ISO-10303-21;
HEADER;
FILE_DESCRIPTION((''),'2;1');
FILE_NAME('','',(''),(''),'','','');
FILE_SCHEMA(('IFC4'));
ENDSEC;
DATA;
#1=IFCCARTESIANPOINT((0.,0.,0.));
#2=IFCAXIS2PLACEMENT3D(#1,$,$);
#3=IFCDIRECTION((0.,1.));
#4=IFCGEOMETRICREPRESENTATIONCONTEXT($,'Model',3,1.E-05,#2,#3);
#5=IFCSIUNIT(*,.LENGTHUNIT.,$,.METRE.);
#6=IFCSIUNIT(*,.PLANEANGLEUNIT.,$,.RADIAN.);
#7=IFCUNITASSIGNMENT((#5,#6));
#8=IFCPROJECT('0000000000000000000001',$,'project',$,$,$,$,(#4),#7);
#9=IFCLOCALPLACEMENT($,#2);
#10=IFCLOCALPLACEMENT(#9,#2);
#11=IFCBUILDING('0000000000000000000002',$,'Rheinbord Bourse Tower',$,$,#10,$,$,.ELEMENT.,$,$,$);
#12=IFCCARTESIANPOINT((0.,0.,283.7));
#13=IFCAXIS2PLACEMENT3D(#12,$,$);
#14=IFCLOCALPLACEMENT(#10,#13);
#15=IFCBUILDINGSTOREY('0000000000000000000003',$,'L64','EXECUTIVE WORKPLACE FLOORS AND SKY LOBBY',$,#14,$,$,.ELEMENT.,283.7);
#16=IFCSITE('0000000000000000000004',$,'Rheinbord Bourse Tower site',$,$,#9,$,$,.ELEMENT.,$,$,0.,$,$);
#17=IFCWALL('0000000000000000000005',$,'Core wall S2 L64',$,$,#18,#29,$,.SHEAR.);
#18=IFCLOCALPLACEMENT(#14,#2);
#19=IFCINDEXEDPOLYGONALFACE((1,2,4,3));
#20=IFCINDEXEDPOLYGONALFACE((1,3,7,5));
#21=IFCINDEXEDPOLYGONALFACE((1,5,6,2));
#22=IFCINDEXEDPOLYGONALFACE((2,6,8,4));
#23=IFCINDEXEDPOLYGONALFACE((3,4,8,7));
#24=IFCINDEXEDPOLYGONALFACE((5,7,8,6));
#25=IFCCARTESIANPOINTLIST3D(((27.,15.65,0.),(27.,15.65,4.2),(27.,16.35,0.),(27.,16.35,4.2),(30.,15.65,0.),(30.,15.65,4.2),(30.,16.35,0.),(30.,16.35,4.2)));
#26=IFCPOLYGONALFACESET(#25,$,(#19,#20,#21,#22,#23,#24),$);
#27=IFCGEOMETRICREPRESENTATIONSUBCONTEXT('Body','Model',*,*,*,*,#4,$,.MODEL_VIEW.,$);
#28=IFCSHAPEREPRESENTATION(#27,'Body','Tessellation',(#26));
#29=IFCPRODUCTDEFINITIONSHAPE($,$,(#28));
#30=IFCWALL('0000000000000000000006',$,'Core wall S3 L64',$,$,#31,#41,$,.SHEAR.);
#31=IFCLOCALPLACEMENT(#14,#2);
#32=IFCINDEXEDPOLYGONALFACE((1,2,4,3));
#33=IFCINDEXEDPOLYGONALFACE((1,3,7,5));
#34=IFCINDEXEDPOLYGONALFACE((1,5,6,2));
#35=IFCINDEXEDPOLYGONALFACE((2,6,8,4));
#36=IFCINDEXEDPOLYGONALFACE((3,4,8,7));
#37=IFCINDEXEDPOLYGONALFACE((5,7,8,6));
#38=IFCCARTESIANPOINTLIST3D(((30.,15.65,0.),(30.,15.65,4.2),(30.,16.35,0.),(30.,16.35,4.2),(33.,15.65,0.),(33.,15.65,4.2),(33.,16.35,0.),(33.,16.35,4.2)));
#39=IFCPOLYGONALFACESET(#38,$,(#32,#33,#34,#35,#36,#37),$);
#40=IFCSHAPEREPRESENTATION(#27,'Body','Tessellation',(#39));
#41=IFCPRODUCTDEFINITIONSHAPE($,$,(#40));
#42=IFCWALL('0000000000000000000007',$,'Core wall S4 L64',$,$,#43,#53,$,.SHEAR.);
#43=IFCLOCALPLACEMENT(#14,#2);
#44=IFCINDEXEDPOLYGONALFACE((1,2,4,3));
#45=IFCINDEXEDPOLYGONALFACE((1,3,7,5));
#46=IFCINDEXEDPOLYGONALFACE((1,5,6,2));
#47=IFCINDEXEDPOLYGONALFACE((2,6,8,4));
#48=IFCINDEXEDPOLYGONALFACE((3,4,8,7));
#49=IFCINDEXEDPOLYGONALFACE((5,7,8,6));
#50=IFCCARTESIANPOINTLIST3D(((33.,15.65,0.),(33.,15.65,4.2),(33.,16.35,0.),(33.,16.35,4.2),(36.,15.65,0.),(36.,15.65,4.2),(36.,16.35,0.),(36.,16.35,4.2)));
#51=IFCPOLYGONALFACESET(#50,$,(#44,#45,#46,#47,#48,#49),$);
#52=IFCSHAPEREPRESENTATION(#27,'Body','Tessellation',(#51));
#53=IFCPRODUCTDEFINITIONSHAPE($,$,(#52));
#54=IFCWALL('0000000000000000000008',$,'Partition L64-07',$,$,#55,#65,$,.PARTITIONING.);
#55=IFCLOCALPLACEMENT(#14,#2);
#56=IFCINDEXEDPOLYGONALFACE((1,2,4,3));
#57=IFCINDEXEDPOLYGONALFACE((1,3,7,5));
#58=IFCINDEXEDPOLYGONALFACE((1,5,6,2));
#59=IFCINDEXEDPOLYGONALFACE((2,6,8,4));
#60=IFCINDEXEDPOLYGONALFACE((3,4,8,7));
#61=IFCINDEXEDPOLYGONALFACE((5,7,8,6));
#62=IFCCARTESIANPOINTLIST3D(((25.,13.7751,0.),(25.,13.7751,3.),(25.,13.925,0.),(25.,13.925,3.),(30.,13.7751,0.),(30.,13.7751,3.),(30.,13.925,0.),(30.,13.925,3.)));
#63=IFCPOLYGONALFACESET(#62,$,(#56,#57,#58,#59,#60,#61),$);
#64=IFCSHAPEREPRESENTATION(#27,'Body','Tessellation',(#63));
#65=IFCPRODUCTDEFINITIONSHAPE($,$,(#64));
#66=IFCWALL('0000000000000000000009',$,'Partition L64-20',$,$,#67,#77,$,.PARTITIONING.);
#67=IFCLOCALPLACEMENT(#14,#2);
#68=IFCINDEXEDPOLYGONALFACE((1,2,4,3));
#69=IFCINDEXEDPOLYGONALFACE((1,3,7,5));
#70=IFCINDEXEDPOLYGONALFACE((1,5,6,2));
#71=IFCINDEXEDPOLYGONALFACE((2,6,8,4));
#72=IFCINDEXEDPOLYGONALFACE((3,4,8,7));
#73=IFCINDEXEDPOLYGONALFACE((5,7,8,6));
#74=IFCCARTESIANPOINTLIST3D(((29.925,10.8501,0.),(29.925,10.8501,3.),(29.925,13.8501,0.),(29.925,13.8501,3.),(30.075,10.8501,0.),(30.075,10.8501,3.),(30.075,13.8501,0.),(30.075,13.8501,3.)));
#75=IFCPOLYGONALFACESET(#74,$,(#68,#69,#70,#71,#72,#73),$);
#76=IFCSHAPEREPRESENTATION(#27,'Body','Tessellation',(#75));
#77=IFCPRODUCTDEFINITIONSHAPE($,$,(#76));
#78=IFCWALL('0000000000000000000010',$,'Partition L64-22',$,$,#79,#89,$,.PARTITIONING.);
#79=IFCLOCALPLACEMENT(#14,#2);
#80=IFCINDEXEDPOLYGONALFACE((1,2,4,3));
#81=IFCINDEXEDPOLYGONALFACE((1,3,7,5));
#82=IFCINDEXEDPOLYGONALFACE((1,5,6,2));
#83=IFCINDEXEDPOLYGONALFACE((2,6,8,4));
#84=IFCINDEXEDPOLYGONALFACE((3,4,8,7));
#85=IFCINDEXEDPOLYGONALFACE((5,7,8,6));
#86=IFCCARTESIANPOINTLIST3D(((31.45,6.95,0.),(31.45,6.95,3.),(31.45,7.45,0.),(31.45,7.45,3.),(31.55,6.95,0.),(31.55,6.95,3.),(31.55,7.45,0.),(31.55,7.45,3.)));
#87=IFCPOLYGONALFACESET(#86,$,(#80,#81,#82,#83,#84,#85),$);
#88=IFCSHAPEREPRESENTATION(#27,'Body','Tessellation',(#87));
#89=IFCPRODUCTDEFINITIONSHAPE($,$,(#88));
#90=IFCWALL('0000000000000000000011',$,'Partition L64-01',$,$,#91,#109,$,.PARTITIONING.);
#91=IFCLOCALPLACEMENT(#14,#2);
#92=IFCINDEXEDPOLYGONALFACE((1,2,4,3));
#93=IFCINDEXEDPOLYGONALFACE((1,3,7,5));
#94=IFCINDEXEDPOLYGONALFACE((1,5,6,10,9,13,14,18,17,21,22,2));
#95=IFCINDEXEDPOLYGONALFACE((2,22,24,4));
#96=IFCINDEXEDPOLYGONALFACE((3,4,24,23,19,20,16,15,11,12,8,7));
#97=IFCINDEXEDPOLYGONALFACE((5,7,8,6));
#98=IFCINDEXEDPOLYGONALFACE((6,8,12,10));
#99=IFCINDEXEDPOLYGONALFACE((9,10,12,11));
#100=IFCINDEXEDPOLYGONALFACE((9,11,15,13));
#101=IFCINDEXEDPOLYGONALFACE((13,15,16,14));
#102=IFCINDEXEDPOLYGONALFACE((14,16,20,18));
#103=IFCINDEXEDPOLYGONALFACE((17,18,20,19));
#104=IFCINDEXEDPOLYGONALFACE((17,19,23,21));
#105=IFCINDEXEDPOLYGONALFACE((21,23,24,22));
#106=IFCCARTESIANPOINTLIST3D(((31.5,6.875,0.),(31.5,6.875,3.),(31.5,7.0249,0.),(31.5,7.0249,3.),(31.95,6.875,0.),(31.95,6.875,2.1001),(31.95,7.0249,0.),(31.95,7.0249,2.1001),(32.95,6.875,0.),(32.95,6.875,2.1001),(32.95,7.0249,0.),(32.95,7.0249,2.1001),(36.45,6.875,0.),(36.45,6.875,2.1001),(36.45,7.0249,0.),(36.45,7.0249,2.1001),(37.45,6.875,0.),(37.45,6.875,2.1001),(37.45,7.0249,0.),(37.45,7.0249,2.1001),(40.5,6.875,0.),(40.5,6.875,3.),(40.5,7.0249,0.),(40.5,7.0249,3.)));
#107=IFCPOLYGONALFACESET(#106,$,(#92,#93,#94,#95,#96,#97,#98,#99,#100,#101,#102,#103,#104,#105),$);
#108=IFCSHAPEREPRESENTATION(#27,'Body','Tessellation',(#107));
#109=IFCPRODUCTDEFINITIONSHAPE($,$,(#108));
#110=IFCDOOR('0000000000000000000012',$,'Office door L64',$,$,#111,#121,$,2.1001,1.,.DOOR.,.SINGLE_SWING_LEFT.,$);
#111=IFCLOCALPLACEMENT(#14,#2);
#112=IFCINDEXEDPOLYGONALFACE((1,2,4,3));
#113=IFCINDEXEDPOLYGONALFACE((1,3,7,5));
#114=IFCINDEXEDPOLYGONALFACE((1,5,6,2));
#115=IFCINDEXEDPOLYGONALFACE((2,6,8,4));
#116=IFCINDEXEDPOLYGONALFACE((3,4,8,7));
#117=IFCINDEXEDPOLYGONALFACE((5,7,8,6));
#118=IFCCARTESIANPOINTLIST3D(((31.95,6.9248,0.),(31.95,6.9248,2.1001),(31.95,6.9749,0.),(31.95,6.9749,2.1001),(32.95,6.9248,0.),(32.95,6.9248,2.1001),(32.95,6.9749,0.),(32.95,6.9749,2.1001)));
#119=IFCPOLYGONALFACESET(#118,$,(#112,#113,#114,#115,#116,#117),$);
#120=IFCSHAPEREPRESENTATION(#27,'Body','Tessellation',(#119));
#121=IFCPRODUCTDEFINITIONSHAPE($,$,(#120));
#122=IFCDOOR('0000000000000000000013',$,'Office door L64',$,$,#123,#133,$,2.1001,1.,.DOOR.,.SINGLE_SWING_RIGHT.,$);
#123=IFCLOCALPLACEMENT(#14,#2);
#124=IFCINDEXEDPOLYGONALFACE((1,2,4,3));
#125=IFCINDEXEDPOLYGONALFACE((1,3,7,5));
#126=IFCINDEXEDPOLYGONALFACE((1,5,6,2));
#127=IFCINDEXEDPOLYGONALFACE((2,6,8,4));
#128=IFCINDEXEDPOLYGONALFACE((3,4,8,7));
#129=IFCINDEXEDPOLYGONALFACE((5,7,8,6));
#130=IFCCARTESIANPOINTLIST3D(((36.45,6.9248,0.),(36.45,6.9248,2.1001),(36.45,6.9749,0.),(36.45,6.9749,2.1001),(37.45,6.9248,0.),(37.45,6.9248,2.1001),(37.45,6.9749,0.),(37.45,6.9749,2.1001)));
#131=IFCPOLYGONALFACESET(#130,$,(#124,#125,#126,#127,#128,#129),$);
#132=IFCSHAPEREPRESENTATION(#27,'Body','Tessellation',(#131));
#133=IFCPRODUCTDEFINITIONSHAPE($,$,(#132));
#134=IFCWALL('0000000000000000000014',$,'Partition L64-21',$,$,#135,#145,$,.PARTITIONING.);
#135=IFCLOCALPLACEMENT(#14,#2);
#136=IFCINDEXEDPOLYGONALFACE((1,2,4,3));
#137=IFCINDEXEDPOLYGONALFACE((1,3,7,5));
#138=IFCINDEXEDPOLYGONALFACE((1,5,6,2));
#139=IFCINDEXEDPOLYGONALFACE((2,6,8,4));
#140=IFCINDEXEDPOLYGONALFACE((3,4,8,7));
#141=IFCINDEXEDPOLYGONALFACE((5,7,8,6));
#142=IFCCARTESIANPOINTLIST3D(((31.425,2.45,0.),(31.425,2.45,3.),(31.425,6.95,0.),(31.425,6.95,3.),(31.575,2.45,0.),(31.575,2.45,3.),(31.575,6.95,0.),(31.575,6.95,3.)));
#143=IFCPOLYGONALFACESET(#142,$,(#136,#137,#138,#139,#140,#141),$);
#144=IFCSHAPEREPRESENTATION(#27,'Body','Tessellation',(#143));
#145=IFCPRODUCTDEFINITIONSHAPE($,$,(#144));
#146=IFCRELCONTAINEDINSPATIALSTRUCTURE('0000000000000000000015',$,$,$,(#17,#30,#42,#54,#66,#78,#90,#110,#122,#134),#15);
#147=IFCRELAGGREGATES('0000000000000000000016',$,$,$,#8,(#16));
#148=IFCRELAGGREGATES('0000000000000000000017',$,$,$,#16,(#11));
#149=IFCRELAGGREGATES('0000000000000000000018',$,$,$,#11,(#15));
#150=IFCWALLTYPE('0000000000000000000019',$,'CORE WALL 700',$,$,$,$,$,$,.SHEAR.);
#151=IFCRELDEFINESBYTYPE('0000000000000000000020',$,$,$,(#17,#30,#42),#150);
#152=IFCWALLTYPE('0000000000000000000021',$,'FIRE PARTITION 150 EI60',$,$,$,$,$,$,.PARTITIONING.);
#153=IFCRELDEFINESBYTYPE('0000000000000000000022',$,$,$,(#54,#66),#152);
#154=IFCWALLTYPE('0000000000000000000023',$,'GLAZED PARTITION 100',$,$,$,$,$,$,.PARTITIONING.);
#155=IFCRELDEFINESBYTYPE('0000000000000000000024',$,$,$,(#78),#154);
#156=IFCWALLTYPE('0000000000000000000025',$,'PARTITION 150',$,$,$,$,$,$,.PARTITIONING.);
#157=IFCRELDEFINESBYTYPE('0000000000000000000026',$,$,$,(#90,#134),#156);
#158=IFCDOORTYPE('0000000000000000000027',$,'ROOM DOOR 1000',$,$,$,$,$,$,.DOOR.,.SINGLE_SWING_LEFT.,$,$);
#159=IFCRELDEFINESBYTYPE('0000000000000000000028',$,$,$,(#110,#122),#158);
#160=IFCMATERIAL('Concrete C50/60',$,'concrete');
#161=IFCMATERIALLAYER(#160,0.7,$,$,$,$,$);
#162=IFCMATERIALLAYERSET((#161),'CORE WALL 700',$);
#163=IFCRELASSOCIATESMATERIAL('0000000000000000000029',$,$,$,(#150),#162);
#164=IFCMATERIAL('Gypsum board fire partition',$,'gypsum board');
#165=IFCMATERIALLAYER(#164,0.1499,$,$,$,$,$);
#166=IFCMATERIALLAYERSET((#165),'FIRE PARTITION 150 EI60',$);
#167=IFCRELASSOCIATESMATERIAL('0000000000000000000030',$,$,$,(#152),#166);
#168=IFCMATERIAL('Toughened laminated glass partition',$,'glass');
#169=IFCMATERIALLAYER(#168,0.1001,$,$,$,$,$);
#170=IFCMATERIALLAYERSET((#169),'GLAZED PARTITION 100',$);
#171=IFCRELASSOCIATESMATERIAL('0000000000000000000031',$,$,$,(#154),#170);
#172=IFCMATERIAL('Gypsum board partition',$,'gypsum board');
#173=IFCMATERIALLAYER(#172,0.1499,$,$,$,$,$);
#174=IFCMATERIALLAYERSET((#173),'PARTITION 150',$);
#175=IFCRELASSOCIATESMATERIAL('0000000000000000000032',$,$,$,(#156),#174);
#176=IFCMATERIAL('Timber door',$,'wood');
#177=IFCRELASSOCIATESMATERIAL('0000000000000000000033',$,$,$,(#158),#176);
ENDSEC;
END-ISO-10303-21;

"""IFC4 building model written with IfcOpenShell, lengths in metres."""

from ifc_helpers import new_model, si_unit, direction, frame, frame_2d, origin, place, context, subcontext, project, spatial, rectangle, extrude, material, layer, layer_set, type_object, element, fill, save


model = new_model("IFC4")

# Units and contexts
model_context = context("Model", 3, precision=1e-05, world=origin(), true_north=direction((0.0, 1.0)))
body_context = subcontext(model_context, "Body", "Model", "MODEL_VIEW")
ifc_project = project(units=[si_unit("LENGTHUNIT", "METRE"), si_unit("PLANEANGLEUNIT", "RADIAN")], contexts=[model_context])

# Site, building, storey
site_placement = place(None, origin())
site = spatial("IfcSite", under=ifc_project, at=site_placement, Name="Rheinbord Bourse Tower site", CompositionType="ELEMENT", RefElevation=0.0)
building_placement = place(site_placement, origin())
building = spatial("IfcBuilding", under=site, at=building_placement, Name="Rheinbord Bourse Tower", CompositionType="ELEMENT")
storey_placement = place(building_placement, frame((0.0, 0.0, 283.7)))
storey = spatial("IfcBuildingStorey", under=building, at=storey_placement, Name="L64", Description="EXECUTIVE WORKPLACE FLOORS AND SKY LOBBY", CompositionType="ELEMENT", Elevation=283.7)

# Walls
ifc_material_1 = material(Name="Concrete C50/60", Category="concrete")
ifc_layer_1 = layer(ifc_material_1, 0.7)
ifc_layer_set_1 = layer_set([ifc_layer_1], Name="CORE WALL 700")
wall_type_1 = type_object("IfcWallType", Name="CORE WALL 700", PredefinedType="SHEAR", material=ifc_layer_set_1)
for number, where, z_axis, x_axis, name in (
    (1, (27.0, 16.0, 0.0), (0.0, 0.0, 1.0), (1.0, 0.0, 0.0), "Core wall S2 L64"),
    (2, (30.0, 16.0, 0.0), (0.0, 0.0, 1.0), (1.0, 0.0, 0.0), "Core wall S3 L64"),
    (3, (33.0, 16.0, 0.0), (0.0, 0.0, 1.0), (1.0, 0.0, 0.0), "Core wall S4 L64"),
):
    element("IfcWall", number, at=place(storey_placement, frame(where, z_axis=z_axis, x_axis=x_axis)), inside=storey, type_object=wall_type_1, Name=name, PredefinedType="SHEAR", context=body_context, shape_type="SweptSolid", body=[
        extrude(rectangle(XDim=3.0, YDim=0.7, at=frame_2d((1.5, 0.0))), origin(), (0.0, 0.0, 1.0), 4.2),
    ])
ifc_material_2 = material(Name="Gypsum board fire partition", Category="gypsum board")
ifc_layer_2 = layer(ifc_material_2, 0.1499)
ifc_layer_set_2 = layer_set([ifc_layer_2], Name="FIRE PARTITION 150 EI60")
wall_type_2 = type_object("IfcWallType", Name="FIRE PARTITION 150 EI60", PredefinedType="PARTITIONING", material=ifc_layer_set_2)
wall_1_placement = place(storey_placement, frame((25.0, 13.8501, 0.0), z_axis=(0.0, 0.0, 1.0), x_axis=(1.0, 0.0, 0.0)))
element("IfcWall", 4, at=wall_1_placement, inside=storey, type_object=wall_type_2, Name="Partition L64-07", PredefinedType="PARTITIONING", context=body_context, shape_type="SweptSolid", body=[
    extrude(rectangle(XDim=5.0, YDim=0.1499, at=frame_2d((2.5, 0.0))), origin(), (0.0, 0.0, 1.0), 3.0),
])
wall_2_placement = place(storey_placement, frame((30.0, 10.8501, 0.0), z_axis=(0.0, 0.0, 1.0), x_axis=(0.0, 1.0, 0.0)))
element("IfcWall", 5, at=wall_2_placement, inside=storey, type_object=wall_type_2, Name="Partition L64-20", PredefinedType="PARTITIONING", context=body_context, shape_type="SweptSolid", body=[
    extrude(rectangle(XDim=3.0, YDim=0.1499, at=frame_2d((1.5, 0.0))), origin(), (0.0, 0.0, 1.0), 3.0),
])
ifc_material_3 = material(Name="Toughened laminated glass partition", Category="glass")
ifc_layer_3 = layer(ifc_material_3, 0.1001)
ifc_layer_set_3 = layer_set([ifc_layer_3], Name="GLAZED PARTITION 100")
wall_type_3 = type_object("IfcWallType", Name="GLAZED PARTITION 100", PredefinedType="PARTITIONING", material=ifc_layer_set_3)
wall_3_placement = place(storey_placement, frame((31.5, 6.95, 0.0), z_axis=(0.0, 0.0, 1.0), x_axis=(0.0, 1.0, 0.0)))
element("IfcWall", 6, at=wall_3_placement, inside=storey, type_object=wall_type_3, Name="Partition L64-22", PredefinedType="PARTITIONING", context=body_context, shape_type="SweptSolid", body=[
    extrude(rectangle(XDim=0.5, YDim=0.1001, at=frame_2d((0.25, 0.0))), origin(), (0.0, 0.0, 1.0), 3.0),
])

# Wall, openings, doors
ifc_material_4 = material(Name="Gypsum board partition", Category="gypsum board")
ifc_layer_4 = layer(ifc_material_4, 0.1499)
ifc_layer_set_4 = layer_set([ifc_layer_4], Name="PARTITION 150")
wall_type_4 = type_object("IfcWallType", Name="PARTITION 150", PredefinedType="PARTITIONING", material=ifc_layer_set_4)
wall_4_placement = place(storey_placement, frame((31.5, 6.95, 0.0), z_axis=(0.0, 0.0, 1.0), x_axis=(1.0, 0.0, 0.0)))
wall_4 = element("IfcWall", 7, at=wall_4_placement, inside=storey, type_object=wall_type_4, Name="Partition L64-01", PredefinedType="PARTITIONING", context=body_context, shape_type="SweptSolid", body=[
    extrude(rectangle(XDim=9.0, YDim=0.1499, at=frame_2d((4.5, 0.0))), origin(), (0.0, 0.0, 1.0), 3.0),
])
opening_1_placement = place(wall_4_placement, frame((0.45, 0.0, 0.0)))
opening_1 = element("IfcOpeningElement", 8, at=opening_1_placement, cuts=wall_4, PredefinedType="OPENING", context=body_context, shape_type="SweptSolid", body=[
    extrude(rectangle(XDim=1.0, YDim=2.1001, at=frame_2d((0.5, 1.05))), frame((0.0, 0.085, 0.0), z_axis=(0.0, -1.0, 0.0), x_axis=(1.0, 0.0, 0.0)), (0.0, 0.0, 1.0), 0.1699),
])
opening_2_placement = place(wall_4_placement, frame((4.95, 0.0, 0.0)))
opening_2 = element("IfcOpeningElement", 9, at=opening_2_placement, cuts=wall_4, PredefinedType="OPENING", context=body_context, shape_type="SweptSolid", body=[
    extrude(rectangle(XDim=1.0, YDim=2.1001, at=frame_2d((0.5, 1.05))), frame((0.0, 0.085, 0.0), z_axis=(0.0, -1.0, 0.0), x_axis=(1.0, 0.0, 0.0)), (0.0, 0.0, 1.0), 0.1699),
])
ifc_material_5 = material(Name="Timber door", Category="wood")
door_type_1 = type_object("IfcDoorType", Name="ROOM DOOR 1000", OperationType="SINGLE_SWING_LEFT", PredefinedType="DOOR", material=ifc_material_5)
door_1_placement = place(opening_1_placement, origin())
door_1 = element("IfcDoor", 10, at=door_1_placement, inside=storey, type_object=door_type_1, Name="Office door L64", OperationType="SINGLE_SWING_LEFT", OverallHeight=2.1001, OverallWidth=1.0, PredefinedType="DOOR", context=body_context, shape_type="SweptSolid", body=[
    extrude(rectangle(XDim=1.0, YDim=2.1001, at=frame_2d((0.5, 1.05))), frame((0.0, 0.0249, 0.0), z_axis=(0.0, -1.0, 0.0), x_axis=(1.0, 0.0, 0.0)), (0.0, 0.0, 1.0), 0.05),
])
fill(opening_1, door_1)
door_2_placement = place(opening_2_placement, origin())
door_2 = element("IfcDoor", 11, at=door_2_placement, inside=storey, type_object=door_type_1, Name="Office door L64", OperationType="SINGLE_SWING_RIGHT", OverallHeight=2.1001, OverallWidth=1.0, PredefinedType="DOOR", context=body_context, shape_type="SweptSolid", body=[
    extrude(rectangle(XDim=1.0, YDim=2.1001, at=frame_2d((0.5, 1.05))), frame((0.0, 0.0249, 0.0), z_axis=(0.0, -1.0, 0.0), x_axis=(1.0, 0.0, 0.0)), (0.0, 0.0, 1.0), 0.05),
])
fill(opening_2, door_2)

# Wall
wall_5_placement = place(storey_placement, frame((31.5, 2.45, 0.0), z_axis=(0.0, 0.0, 1.0), x_axis=(0.0, 1.0, 0.0)))
element("IfcWall", 12, at=wall_5_placement, inside=storey, type_object=wall_type_4, Name="Partition L64-21", PredefinedType="PARTITIONING", context=body_context, shape_type="SweptSolid", body=[
    extrude(rectangle(XDim=4.5, YDim=0.1499, at=frame_2d((2.25, 0.0))), origin(), (0.0, 0.0, 1.0), 3.0),
])

save(model, "model.ifc")
